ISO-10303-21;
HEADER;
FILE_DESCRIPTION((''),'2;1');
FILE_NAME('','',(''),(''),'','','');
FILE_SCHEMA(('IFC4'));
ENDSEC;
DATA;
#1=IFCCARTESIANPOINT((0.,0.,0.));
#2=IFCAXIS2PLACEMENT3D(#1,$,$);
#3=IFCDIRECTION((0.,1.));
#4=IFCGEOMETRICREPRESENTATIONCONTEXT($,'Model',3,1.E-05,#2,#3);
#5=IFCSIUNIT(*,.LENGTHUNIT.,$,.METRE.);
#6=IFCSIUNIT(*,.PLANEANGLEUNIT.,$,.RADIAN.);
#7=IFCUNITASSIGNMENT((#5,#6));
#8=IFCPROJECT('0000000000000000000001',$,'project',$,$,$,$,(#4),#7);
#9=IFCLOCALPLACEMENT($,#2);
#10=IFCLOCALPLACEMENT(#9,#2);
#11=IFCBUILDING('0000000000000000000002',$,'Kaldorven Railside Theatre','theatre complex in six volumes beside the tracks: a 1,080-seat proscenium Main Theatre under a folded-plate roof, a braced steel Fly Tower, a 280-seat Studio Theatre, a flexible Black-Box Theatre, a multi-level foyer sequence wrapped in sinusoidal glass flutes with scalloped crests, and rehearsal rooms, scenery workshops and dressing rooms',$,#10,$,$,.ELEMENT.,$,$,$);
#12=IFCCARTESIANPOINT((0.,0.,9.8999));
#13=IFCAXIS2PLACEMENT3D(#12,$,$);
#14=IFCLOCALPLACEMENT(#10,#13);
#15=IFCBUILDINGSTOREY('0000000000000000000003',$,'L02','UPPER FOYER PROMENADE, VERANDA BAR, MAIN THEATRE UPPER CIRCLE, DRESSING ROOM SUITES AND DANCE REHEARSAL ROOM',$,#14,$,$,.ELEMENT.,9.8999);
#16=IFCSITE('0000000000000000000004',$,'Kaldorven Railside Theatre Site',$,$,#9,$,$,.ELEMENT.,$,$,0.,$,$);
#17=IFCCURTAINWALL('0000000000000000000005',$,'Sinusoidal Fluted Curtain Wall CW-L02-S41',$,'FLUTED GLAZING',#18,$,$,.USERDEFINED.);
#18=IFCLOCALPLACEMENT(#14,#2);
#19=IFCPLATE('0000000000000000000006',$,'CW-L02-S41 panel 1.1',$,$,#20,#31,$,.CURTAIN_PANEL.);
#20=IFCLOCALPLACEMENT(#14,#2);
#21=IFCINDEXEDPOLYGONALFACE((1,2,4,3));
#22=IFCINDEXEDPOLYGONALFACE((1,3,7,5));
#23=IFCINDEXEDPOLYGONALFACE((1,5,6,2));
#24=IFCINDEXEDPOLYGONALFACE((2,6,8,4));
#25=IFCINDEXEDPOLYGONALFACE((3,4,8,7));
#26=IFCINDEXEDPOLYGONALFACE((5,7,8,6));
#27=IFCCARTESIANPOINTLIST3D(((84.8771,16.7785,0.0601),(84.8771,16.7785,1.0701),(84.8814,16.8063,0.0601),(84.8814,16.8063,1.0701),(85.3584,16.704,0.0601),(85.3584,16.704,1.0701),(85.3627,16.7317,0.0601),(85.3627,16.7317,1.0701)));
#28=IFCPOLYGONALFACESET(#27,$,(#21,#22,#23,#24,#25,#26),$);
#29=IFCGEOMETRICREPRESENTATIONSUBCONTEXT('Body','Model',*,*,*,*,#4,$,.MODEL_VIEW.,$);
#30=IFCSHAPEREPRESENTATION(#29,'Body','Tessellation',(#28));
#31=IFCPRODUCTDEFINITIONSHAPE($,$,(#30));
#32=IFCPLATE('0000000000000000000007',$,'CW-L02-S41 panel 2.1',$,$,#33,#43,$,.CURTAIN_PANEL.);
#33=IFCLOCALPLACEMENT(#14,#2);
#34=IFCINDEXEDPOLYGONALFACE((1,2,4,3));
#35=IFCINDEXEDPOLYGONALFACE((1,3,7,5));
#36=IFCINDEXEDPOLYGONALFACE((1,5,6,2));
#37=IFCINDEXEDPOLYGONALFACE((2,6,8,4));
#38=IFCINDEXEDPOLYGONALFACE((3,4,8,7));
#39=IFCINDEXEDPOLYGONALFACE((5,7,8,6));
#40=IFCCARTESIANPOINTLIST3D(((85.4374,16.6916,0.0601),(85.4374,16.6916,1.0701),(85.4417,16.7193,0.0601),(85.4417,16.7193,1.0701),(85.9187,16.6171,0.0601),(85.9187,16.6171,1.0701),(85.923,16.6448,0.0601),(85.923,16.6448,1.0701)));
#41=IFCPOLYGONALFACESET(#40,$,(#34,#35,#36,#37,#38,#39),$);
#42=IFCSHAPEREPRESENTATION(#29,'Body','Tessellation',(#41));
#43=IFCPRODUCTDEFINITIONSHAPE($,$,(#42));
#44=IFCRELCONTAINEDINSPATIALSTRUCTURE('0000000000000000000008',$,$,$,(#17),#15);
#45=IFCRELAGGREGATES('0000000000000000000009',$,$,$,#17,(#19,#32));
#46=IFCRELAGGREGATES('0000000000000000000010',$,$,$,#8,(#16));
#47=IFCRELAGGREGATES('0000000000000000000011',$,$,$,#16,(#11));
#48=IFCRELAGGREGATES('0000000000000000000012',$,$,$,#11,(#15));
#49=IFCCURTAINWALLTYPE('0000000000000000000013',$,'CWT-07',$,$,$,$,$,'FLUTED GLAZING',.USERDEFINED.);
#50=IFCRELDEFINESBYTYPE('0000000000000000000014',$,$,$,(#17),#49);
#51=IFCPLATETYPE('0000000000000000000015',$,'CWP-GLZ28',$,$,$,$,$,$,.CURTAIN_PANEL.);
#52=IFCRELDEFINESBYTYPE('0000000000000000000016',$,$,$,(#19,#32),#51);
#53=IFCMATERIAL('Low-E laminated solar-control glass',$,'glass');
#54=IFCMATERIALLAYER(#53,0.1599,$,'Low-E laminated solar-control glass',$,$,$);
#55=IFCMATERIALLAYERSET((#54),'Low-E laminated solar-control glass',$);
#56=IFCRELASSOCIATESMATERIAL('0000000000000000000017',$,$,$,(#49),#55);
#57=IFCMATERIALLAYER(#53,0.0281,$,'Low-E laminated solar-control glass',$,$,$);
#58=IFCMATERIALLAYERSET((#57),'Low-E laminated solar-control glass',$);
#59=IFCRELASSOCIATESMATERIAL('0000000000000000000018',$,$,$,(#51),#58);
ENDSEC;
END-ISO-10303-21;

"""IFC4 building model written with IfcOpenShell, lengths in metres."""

from ifc_helpers import new_model, si_unit, direction, frame, origin, origin_2d, place, context, subcontext, project, spatial, rectangle, extrude, material, layer, layer_set, type_object, element, aggregate, save


model = new_model("IFC4")

# Units and contexts
model_context = context("Model", 3, precision=1e-05, world=origin(), true_north=direction((0.0, 1.0)))
body_context = subcontext(model_context, "Body", "Model", "MODEL_VIEW")
ifc_project = project(units=[si_unit("LENGTHUNIT", "METRE"), si_unit("PLANEANGLEUNIT", "RADIAN")], contexts=[model_context])

# Site, building, storey
site_placement = place(None, origin())
site = spatial("IfcSite", under=ifc_project, at=site_placement, Name="Kaldorven Railside Theatre Site", CompositionType="ELEMENT", RefElevation=0.0)
building_placement = place(site_placement, origin())
building = spatial("IfcBuilding", under=site, at=building_placement, Name="Kaldorven Railside Theatre", Description="theatre complex in six volumes beside the tracks: a 1,080-seat proscenium Main Theatre under a folded-plate roof, a braced steel Fly Tower, a 280-seat Studio Theatre, a flexible Black-Box Theatre, a multi-level foyer sequence wrapped in sinusoidal glass flutes with scalloped crests, and rehearsal rooms, scenery workshops and dressing rooms", CompositionType="ELEMENT")
storey_placement = place(building_placement, frame((0.0, 0.0, 9.8999)))
storey = spatial("IfcBuildingStorey", under=building, at=storey_placement, Name="L02", Description="UPPER FOYER PROMENADE, VERANDA BAR, MAIN THEATRE UPPER CIRCLE, DRESSING ROOM SUITES AND DANCE REHEARSAL ROOM", CompositionType="ELEMENT", Elevation=9.8999)

# Curtain wall
ifc_material_1 = material(Name="Low-E laminated solar-control glass", Category="glass")
ifc_layer_1 = layer(ifc_material_1, 0.1599, Name="Low-E laminated solar-control glass")
ifc_layer_set_1 = layer_set([ifc_layer_1], Name="Low-E laminated solar-control glass")
curtain_wall_type_1 = type_object("IfcCurtainWallType", Name="CWT-07", ElementType="FLUTED GLAZING", PredefinedType="USERDEFINED", material=ifc_layer_set_1)
curtain_wall_1_placement = place(storey_placement, origin())
curtain_wall_1 = element("IfcCurtainWall", 1, at=curtain_wall_1_placement, inside=storey, type_object=curtain_wall_type_1, Name="Sinusoidal Fluted Curtain Wall CW-L02-S41", ObjectType="FLUTED GLAZING", PredefinedType="USERDEFINED")

# Plates
ifc_layer_2 = layer(ifc_material_1, 0.0281, Name="Low-E laminated solar-control glass")
ifc_layer_set_2 = layer_set([ifc_layer_2], Name="Low-E laminated solar-control glass")
plate_type = type_object("IfcPlateType", Name="CWP-GLZ28", PredefinedType="CURTAIN_PANEL", material=ifc_layer_set_2)
plate_1_placement = place(storey_placement, frame((85.1199, 16.7551, 0.0601), z_axis=(0.0, 0.0, 1.0), x_axis=(0.988225, -0.15301, 0.0)))
plate_1 = element("IfcPlate", 2, at=plate_1_placement, type_object=plate_type, Name="CW-L02-S41 panel 1.1", PredefinedType="CURTAIN_PANEL", context=body_context, shape_type="SweptSolid", body=[
    extrude(rectangle(XDim=0.4871, YDim=0.0281, at=origin_2d()), origin(), (0.0, 0.0, 1.0), 1.01),
])
plate_2_placement = place(storey_placement, frame((85.6802, 16.6682, 0.0601), z_axis=(0.0, 0.0, 1.0), x_axis=(0.988225, -0.15301, 0.0)))
plate_2 = element("IfcPlate", 3, at=plate_2_placement, type_object=plate_type, Name="CW-L02-S41 panel 2.1", PredefinedType="CURTAIN_PANEL", context=body_context, shape_type="SweptSolid", body=[
    extrude(rectangle(XDim=0.4871, YDim=0.0281, at=origin_2d()), origin(), (0.0, 0.0, 1.0), 1.01),
])
aggregate(curtain_wall_1, [plate_1, plate_2])

save(model, "model.ifc")
